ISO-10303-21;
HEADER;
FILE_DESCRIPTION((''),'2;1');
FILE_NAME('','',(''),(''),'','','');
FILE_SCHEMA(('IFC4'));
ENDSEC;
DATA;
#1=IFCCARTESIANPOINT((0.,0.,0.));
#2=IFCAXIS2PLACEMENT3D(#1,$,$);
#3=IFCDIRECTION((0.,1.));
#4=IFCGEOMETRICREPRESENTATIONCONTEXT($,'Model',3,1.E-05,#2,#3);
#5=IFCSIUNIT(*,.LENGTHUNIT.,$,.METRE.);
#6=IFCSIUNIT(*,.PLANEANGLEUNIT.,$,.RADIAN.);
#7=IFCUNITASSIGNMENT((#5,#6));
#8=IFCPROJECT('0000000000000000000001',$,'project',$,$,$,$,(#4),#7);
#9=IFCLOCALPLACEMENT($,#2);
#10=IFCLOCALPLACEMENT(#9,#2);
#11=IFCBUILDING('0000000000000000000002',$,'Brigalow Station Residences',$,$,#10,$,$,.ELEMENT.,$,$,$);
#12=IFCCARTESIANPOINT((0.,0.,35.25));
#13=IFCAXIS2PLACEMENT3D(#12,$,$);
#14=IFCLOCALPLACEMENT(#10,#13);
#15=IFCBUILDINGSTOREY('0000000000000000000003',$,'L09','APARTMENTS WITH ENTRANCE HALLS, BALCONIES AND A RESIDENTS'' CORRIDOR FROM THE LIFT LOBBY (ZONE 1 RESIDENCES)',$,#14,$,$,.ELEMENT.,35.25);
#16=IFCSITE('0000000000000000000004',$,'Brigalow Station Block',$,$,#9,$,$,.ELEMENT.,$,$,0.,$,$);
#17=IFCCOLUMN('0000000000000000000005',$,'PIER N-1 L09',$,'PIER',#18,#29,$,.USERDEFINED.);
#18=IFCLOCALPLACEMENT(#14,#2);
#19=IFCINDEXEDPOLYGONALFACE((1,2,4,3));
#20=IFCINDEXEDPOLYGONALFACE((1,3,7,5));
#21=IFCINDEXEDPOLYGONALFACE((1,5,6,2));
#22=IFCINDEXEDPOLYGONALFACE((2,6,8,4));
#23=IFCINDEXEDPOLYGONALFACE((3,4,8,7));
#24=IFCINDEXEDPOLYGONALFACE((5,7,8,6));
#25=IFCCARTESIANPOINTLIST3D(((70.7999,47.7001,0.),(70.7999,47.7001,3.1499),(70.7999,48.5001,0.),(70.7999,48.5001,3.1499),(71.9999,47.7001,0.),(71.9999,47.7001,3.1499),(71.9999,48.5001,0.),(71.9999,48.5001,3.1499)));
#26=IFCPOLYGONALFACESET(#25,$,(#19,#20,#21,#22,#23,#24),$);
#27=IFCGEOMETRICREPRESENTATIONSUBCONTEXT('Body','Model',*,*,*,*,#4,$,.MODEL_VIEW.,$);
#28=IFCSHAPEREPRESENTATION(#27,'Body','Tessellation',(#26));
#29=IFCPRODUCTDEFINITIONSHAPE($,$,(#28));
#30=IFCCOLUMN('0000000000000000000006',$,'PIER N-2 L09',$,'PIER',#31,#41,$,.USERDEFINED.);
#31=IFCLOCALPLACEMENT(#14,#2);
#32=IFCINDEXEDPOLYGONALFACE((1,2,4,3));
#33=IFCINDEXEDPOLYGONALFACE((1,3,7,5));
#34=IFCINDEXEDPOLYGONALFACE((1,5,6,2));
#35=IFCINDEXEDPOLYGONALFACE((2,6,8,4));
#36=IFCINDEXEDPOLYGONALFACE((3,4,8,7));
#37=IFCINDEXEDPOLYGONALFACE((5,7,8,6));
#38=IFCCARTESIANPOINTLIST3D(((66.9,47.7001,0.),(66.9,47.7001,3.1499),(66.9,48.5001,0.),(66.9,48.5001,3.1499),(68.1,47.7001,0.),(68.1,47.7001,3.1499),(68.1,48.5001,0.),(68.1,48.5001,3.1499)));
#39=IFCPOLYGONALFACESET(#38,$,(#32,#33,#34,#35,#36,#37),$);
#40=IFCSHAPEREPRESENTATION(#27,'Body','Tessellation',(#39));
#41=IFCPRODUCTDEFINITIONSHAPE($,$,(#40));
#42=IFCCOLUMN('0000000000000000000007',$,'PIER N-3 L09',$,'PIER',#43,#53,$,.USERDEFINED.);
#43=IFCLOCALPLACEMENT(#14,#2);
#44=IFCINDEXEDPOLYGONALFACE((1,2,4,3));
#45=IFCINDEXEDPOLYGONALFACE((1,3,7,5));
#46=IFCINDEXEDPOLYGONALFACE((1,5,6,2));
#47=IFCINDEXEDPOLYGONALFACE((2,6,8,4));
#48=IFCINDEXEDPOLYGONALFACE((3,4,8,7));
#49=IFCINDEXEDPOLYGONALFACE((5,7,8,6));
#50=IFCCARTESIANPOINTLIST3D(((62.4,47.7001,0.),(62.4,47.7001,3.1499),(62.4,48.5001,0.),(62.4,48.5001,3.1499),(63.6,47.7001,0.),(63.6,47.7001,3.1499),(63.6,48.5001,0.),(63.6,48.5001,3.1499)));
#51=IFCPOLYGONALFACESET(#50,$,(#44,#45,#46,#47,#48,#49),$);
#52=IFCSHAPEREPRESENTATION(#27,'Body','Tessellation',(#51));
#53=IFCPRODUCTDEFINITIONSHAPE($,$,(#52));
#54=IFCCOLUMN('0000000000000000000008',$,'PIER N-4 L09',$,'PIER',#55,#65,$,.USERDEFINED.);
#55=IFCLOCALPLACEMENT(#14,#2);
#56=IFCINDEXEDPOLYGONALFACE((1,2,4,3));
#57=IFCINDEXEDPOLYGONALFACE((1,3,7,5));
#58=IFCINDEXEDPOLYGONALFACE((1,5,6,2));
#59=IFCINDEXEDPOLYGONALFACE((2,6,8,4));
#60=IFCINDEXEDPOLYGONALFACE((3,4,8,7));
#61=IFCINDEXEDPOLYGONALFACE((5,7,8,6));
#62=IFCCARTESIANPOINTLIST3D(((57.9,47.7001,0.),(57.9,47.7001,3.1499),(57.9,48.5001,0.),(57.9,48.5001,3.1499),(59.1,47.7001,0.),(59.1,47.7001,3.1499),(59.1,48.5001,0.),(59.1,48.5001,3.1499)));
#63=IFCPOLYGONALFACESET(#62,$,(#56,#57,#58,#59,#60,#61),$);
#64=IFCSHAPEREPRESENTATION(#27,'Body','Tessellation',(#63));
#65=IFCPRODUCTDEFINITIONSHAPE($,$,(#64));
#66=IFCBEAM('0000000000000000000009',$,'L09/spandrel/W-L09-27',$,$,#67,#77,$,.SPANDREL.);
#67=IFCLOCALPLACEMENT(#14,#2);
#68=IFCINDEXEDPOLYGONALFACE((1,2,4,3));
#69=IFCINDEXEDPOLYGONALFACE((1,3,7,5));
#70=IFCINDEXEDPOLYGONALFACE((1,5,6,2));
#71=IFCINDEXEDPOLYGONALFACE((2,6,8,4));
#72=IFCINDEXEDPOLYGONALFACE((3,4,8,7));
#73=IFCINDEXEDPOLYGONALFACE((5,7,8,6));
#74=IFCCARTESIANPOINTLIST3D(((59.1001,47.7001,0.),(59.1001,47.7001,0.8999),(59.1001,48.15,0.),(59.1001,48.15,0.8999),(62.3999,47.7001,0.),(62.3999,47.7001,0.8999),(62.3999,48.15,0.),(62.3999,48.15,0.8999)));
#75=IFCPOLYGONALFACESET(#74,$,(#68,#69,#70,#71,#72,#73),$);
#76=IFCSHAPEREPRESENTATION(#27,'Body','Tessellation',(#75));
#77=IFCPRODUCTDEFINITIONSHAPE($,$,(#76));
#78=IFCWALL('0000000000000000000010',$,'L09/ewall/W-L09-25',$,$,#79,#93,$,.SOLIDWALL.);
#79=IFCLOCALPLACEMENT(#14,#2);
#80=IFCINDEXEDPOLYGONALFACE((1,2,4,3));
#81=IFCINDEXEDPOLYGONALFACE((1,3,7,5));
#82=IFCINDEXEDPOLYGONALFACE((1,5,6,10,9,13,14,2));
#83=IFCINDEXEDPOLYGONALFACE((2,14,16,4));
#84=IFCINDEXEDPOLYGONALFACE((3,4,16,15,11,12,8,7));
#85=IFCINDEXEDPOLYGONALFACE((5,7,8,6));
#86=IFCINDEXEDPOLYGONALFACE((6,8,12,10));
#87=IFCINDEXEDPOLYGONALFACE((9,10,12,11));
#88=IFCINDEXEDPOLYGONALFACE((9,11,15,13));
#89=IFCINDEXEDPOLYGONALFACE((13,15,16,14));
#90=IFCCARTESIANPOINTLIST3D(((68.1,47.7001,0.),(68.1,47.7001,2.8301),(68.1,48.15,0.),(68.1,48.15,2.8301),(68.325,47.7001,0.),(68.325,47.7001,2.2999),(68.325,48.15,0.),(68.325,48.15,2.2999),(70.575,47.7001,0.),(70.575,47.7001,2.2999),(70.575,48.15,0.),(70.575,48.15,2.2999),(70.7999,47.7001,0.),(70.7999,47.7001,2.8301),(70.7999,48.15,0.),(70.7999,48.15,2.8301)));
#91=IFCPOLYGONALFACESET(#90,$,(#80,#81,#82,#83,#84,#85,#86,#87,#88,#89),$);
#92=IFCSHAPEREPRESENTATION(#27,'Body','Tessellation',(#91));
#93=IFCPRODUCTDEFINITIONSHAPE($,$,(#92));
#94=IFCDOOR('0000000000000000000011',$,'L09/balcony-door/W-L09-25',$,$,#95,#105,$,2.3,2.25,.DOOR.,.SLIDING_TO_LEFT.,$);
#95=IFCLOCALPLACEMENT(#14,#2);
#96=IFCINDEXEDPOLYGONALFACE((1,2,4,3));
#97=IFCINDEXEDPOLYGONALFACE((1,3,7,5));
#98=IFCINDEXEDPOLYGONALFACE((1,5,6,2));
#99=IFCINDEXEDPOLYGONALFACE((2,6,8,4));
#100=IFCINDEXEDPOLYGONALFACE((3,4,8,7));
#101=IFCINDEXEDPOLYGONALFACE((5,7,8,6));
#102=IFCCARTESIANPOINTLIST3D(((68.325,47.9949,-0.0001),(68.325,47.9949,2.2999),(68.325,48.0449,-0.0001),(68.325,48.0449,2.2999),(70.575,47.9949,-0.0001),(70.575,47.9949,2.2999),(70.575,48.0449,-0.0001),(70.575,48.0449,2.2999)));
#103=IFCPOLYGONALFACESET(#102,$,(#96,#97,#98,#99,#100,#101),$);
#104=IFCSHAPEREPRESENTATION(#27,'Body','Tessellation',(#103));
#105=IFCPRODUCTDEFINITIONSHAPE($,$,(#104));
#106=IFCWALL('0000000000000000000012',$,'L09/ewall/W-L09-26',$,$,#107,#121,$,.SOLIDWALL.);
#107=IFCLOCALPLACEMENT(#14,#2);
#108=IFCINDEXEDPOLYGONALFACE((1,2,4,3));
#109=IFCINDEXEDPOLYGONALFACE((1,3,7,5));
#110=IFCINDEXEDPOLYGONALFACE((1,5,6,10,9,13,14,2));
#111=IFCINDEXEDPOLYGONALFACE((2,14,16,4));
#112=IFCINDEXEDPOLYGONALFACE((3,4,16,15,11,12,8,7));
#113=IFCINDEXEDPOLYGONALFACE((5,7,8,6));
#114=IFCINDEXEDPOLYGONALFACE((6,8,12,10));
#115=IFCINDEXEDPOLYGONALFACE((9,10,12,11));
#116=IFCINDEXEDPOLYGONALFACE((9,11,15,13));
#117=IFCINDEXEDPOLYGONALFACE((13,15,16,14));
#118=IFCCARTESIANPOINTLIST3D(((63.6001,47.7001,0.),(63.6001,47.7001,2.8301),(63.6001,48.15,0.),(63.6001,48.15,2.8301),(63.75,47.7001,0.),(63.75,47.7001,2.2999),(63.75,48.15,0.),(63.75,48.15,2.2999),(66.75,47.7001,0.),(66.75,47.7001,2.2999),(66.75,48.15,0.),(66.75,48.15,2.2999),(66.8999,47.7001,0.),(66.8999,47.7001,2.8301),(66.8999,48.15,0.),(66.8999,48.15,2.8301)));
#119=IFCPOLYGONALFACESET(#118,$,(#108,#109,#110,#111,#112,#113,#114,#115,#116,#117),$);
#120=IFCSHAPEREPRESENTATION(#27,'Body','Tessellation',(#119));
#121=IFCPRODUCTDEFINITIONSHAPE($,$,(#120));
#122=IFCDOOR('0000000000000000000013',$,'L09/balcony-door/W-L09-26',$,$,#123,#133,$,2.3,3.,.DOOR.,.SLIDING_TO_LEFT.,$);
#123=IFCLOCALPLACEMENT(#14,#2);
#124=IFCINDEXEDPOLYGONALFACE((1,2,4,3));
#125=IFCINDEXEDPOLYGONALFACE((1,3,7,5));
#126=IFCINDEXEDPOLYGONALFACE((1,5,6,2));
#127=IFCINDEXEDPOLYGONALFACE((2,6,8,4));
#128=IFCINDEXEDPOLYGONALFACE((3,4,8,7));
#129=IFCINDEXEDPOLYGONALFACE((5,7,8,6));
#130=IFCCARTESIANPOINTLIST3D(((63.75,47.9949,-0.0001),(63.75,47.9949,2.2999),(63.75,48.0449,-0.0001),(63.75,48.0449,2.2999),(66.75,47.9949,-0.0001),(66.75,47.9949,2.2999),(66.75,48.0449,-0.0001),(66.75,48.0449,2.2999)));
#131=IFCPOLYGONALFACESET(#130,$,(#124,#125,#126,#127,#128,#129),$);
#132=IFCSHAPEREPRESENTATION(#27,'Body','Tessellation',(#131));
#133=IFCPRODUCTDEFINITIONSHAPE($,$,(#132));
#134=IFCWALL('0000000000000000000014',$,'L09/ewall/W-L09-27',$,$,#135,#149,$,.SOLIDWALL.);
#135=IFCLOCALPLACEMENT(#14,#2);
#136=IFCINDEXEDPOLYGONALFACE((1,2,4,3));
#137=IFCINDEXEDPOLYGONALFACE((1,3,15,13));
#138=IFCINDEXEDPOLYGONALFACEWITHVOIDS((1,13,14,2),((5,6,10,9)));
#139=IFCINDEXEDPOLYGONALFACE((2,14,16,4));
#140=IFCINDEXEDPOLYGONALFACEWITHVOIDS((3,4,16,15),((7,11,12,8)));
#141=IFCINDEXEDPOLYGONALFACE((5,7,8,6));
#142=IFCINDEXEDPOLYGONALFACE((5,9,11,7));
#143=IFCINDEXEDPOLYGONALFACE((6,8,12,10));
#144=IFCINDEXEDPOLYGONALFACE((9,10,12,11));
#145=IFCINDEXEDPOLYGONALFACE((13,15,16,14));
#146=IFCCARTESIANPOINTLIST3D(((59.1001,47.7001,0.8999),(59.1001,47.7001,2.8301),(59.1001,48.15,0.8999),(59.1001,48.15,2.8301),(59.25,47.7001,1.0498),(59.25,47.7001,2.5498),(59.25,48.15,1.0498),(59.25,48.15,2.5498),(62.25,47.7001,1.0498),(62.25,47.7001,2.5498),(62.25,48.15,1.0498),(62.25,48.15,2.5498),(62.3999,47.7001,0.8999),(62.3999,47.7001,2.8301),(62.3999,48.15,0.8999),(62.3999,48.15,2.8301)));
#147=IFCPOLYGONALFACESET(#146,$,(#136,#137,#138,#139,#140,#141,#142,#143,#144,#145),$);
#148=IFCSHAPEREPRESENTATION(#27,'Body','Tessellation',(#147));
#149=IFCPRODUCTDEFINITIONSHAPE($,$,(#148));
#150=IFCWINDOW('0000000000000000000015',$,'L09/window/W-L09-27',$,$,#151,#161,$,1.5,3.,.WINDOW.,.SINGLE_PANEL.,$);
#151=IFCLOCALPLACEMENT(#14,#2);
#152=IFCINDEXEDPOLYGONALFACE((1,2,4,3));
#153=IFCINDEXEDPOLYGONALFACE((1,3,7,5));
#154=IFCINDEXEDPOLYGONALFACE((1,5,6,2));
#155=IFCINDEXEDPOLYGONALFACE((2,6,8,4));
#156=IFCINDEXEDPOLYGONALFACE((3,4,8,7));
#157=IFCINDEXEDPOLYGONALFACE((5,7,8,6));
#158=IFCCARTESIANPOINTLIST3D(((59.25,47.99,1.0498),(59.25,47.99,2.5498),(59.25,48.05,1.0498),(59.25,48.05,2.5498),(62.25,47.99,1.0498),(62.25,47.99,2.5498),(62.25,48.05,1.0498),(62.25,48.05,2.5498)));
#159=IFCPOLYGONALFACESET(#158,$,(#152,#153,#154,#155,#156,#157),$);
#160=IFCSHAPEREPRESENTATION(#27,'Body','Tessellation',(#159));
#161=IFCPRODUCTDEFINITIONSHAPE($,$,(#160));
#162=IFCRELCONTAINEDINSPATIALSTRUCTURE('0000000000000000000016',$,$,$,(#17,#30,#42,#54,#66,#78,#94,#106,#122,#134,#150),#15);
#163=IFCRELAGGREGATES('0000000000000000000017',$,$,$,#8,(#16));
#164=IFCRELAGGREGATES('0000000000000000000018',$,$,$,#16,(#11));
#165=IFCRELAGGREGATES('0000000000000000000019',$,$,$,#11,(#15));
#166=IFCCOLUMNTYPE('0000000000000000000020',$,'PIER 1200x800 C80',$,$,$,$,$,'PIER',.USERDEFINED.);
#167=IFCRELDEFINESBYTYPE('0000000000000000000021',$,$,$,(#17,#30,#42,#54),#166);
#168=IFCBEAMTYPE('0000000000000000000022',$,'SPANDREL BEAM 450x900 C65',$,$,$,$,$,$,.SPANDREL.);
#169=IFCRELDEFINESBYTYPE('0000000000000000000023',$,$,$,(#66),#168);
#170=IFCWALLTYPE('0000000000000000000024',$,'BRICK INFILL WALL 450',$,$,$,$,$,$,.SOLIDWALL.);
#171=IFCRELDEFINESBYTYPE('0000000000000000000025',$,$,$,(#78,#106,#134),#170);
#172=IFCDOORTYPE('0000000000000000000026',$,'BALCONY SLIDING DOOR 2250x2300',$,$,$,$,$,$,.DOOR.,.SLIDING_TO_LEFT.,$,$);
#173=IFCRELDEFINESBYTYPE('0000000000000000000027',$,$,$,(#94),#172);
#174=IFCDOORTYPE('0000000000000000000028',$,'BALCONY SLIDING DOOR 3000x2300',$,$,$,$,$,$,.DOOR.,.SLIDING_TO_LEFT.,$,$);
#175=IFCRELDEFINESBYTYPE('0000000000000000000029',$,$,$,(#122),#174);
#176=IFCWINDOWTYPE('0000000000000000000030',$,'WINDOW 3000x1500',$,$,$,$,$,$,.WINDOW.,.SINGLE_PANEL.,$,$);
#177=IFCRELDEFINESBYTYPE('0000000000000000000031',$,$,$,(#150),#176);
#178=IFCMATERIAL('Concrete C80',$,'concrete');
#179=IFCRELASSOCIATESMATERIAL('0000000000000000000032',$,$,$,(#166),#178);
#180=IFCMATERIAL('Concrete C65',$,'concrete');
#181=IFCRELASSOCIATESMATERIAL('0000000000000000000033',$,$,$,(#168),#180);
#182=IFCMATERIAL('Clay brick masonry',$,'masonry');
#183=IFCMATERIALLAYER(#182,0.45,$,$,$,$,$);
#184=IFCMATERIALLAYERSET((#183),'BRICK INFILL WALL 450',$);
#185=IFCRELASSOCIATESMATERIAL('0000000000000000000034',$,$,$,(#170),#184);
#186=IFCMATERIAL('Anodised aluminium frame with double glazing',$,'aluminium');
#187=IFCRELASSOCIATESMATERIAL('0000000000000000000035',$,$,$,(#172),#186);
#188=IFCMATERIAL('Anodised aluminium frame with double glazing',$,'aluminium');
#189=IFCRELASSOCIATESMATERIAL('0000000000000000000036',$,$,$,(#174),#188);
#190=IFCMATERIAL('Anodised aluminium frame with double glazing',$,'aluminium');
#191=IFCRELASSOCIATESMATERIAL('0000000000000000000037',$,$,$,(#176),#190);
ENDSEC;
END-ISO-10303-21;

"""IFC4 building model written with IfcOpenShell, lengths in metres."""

from ifc_helpers import new_model, si_unit, direction, frame, frame_2d, origin, origin_2d, place, context, subcontext, project, spatial, rectangle, extrude, material, layer, layer_set, material_profile, profile_set, type_object, element, fill, save


model = new_model("IFC4")

# Units and contexts
model_context = context("Model", 3, precision=1e-05, world=origin(), true_north=direction((0.0, 1.0)))
body_context = subcontext(model_context, "Body", "Model", "MODEL_VIEW")
ifc_project = project(units=[si_unit("LENGTHUNIT", "METRE"), si_unit("PLANEANGLEUNIT", "RADIAN")], contexts=[model_context])

# Site, building, storey
site_placement = place(None, origin())
site = spatial("IfcSite", under=ifc_project, at=site_placement, Name="Brigalow Station Block", CompositionType="ELEMENT", RefElevation=0.0)
building_placement = place(site_placement, origin())
building = spatial("IfcBuilding", under=site, at=building_placement, Name="Brigalow Station Residences", CompositionType="ELEMENT")
storey_placement = place(building_placement, frame((0.0, 0.0, 35.25)))
storey = spatial("IfcBuildingStorey", under=building, at=storey_placement, Name="L09", Description="APARTMENTS WITH ENTRANCE HALLS, BALCONIES AND A RESIDENTS' CORRIDOR FROM THE LIFT LOBBY (ZONE 1 RESIDENCES)", CompositionType="ELEMENT", Elevation=35.25)

# Columns
ifc_material_1 = material(Name="Concrete C80", Category="concrete")
ifc_material_profile_1 = material_profile(ifc_material_1, rectangle(XDim=1.2, YDim=0.8, at=origin_2d()), Name="RC1200x800")
ifc_profile_set_1 = profile_set([ifc_material_profile_1], Name="Concrete C80")
column_type = type_object("IfcColumnType", Name="PIER 1200x800 C80", ElementType="PIER", PredefinedType="USERDEFINED", material=ifc_profile_set_1)
for number, where, z_axis, x_axis, name in (
    (1, (71.3999, 48.1001, 0.0), (0.0, 0.0, 1.0), (-1.0, 0.0, 0.0), "PIER N-1 L09"),
    (2, (67.5, 48.1001, 0.0), (0.0, 0.0, 1.0), (-1.0, 0.0, 0.0), "PIER N-2 L09"),
    (3, (63.0, 48.1001, 0.0), (0.0, 0.0, 1.0), (-1.0, 0.0, 0.0), "PIER N-3 L09"),
    (4, (58.5, 48.1001, 0.0), (0.0, 0.0, 1.0), (-1.0, 0.0, 0.0), "PIER N-4 L09"),
):
    element("IfcColumn", number, at=place(storey_placement, frame(where, z_axis=z_axis, x_axis=x_axis)), inside=storey, type_object=column_type, Name=name, ObjectType="PIER", PredefinedType="USERDEFINED", context=body_context, shape_type="SweptSolid", body=[
        extrude(rectangle(XDim=1.2, YDim=0.8, at=origin_2d()), origin(), (0.0, 0.0, 1.0), 3.1499),
    ])

# Beam
ifc_material_2 = material(Name="Concrete C65", Category="concrete")
ifc_material_profile_2 = material_profile(ifc_material_2, rectangle(XDim=0.45, YDim=0.8999, at=origin_2d()), Name="RC450x900")
ifc_profile_set_2 = profile_set([ifc_material_profile_2], Name="Concrete C65")
beam_type = type_object("IfcBeamType", Name="SPANDREL BEAM 450x900 C65", PredefinedType="SPANDREL", material=ifc_profile_set_2)
beam_placement = place(storey_placement, frame((62.3999, 47.925, 0.45), z_axis=(-1.0, 0.0, 0.0), x_axis=(0.0, -1.0, 0.0)))
element("IfcBeam", 5, at=beam_placement, inside=storey, type_object=beam_type, Name="L09/spandrel/W-L09-27", PredefinedType="SPANDREL", context=body_context, shape_type="SweptSolid", body=[
    extrude(rectangle(XDim=0.45, YDim=0.8999, at=origin_2d()), origin(), (0.0, 0.0, 1.0), 3.2998),
])

# Walls, openings, doors
ifc_material_3 = material(Name="Clay brick masonry", Category="masonry")
ifc_layer_1 = layer(ifc_material_3, 0.45)
ifc_layer_set_1 = layer_set([ifc_layer_1], Name="BRICK INFILL WALL 450")
wall_type_1 = type_object("IfcWallType", Name="BRICK INFILL WALL 450", PredefinedType="SOLIDWALL", material=ifc_layer_set_1)
wall_1_placement = place(storey_placement, frame((70.8, 47.925, 0.0), z_axis=(0.0, 0.0, 1.0), x_axis=(-1.0, 0.0, 0.0)))
wall_1 = element("IfcWall", 6, at=wall_1_placement, inside=storey, type_object=wall_type_1, Name="L09/ewall/W-L09-25", PredefinedType="SOLIDWALL", context=body_context, shape_type="SweptSolid", body=[
    extrude(rectangle(XDim=2.7, YDim=0.45, at=frame_2d((1.3501, 0.0))), origin(), (0.0, 0.0, 1.0), 2.8301),
])
opening_1_placement = place(wall_1_placement, frame((0.2251, 0.0, 0.0)))
opening_1 = element("IfcOpeningElement", 7, at=opening_1_placement, cuts=wall_1, PredefinedType="OPENING", context=body_context, shape_type="SweptSolid", body=[
    extrude(rectangle(XDim=2.25, YDim=2.3, at=frame_2d((1.125, 1.1499))), frame((0.0, 0.2349, 0.0), z_axis=(0.0, -1.0, 0.0), x_axis=(1.0, 0.0, 0.0)), (0.0, 0.0, 1.0), 0.47),
])
ifc_material_4 = material(Name="Anodised aluminium frame with double glazing", Category="aluminium")
door_type_1 = type_object("IfcDoorType", Name="BALCONY SLIDING DOOR 2250x2300", OperationType="SLIDING_TO_LEFT", PredefinedType="DOOR", material=ifc_material_4)
door_1_placement = place(opening_1_placement, origin())
door_1 = element("IfcDoor", 8, at=door_1_placement, inside=storey, type_object=door_type_1, Name="L09/balcony-door/W-L09-25", OperationType="SLIDING_TO_LEFT", OverallHeight=2.3, OverallWidth=2.25, PredefinedType="DOOR", context=body_context, shape_type="SweptSolid", body=[
    extrude(rectangle(XDim=2.25, YDim=2.3, at=frame_2d((1.125, 1.1499))), frame((0.0, -0.0698, 0.0), z_axis=(0.0, -1.0, 0.0), x_axis=(1.0, 0.0, 0.0)), (0.0, 0.0, 1.0), 0.05),
])
fill(opening_1, door_1)
wall_2_placement = place(storey_placement, frame((66.8999, 47.925, 0.0), z_axis=(0.0, 0.0, 1.0), x_axis=(-1.0, 0.0, 0.0)))
wall_2 = element("IfcWall", 9, at=wall_2_placement, inside=storey, type_object=wall_type_1, Name="L09/ewall/W-L09-26", PredefinedType="SOLIDWALL", context=body_context, shape_type="SweptSolid", body=[
    extrude(rectangle(XDim=3.2998, YDim=0.45, at=frame_2d((1.6499, 0.0))), origin(), (0.0, 0.0, 1.0), 2.8301),
])
opening_2_placement = place(wall_2_placement, frame((0.1499, 0.0, 0.0)))
opening_2 = element("IfcOpeningElement", 10, at=opening_2_placement, cuts=wall_2, PredefinedType="OPENING", context=body_context, shape_type="SweptSolid", body=[
    extrude(rectangle(XDim=3.0, YDim=2.3, at=frame_2d((1.5, 1.1499))), frame((0.0, 0.2349, 0.0), z_axis=(0.0, -1.0, 0.0), x_axis=(1.0, 0.0, 0.0)), (0.0, 0.0, 1.0), 0.47),
])
ifc_material_5 = material(Name="Anodised aluminium frame with double glazing", Category="aluminium")
door_type_2 = type_object("IfcDoorType", Name="BALCONY SLIDING DOOR 3000x2300", OperationType="SLIDING_TO_LEFT", PredefinedType="DOOR", material=ifc_material_5)
door_2_placement = place(opening_2_placement, origin())
door_2 = element("IfcDoor", 11, at=door_2_placement, inside=storey, type_object=door_type_2, Name="L09/balcony-door/W-L09-26", OperationType="SLIDING_TO_LEFT", OverallHeight=2.3, OverallWidth=3.0, PredefinedType="DOOR", context=body_context, shape_type="SweptSolid", body=[
    extrude(rectangle(XDim=3.0, YDim=2.3, at=frame_2d((1.5, 1.1499))), frame((0.0, -0.0698, 0.0), z_axis=(0.0, -1.0, 0.0), x_axis=(1.0, 0.0, 0.0)), (0.0, 0.0, 1.0), 0.05),
])
fill(opening_2, door_2)

# Wall, opening, window
wall_3_placement = place(storey_placement, frame((62.3999, 47.925, 0.8999), z_axis=(0.0, 0.0, 1.0), x_axis=(-1.0, 0.0, 0.0)))
wall_3 = element("IfcWall", 12, at=wall_3_placement, inside=storey, type_object=wall_type_1, Name="L09/ewall/W-L09-27", PredefinedType="SOLIDWALL", context=body_context, shape_type="SweptSolid", body=[
    extrude(rectangle(XDim=3.2998, YDim=0.45, at=frame_2d((1.6499, 0.0))), origin(), (0.0, 0.0, 1.0), 1.9302),
])
opening_3_placement = place(wall_3_placement, frame((0.1499, 0.0, 0.1499)))
opening_3 = element("IfcOpeningElement", 13, at=opening_3_placement, cuts=wall_3, PredefinedType="OPENING", context=body_context, shape_type="SweptSolid", body=[
    extrude(rectangle(XDim=3.0, YDim=1.5, at=frame_2d((1.5, 0.75))), frame((0.0, 0.2349, 0.0), z_axis=(0.0, -1.0, 0.0), x_axis=(1.0, 0.0, 0.0)), (0.0, 0.0, 1.0), 0.47),
])
ifc_material_6 = material(Name="Anodised aluminium frame with double glazing", Category="aluminium")
window_type = type_object("IfcWindowType", Name="WINDOW 3000x1500", PartitioningType="SINGLE_PANEL", PredefinedType="WINDOW", material=ifc_material_6)
window_1_placement = place(opening_3_placement, origin())
window_1 = element("IfcWindow", 14, at=window_1_placement, inside=storey, type_object=window_type, Name="L09/window/W-L09-27", OverallHeight=1.5, OverallWidth=3.0, PartitioningType="SINGLE_PANEL", PredefinedType="WINDOW", context=body_context, shape_type="SweptSolid", body=[
    extrude(rectangle(XDim=3.0, YDim=1.5, at=frame_2d((1.5, 0.75))), frame((0.0, -0.0649, 0.0), z_axis=(0.0, -1.0, 0.0), x_axis=(1.0, 0.0, 0.0)), (0.0, 0.0, 1.0), 0.0601),
])
fill(opening_3, window_1)

save(model, "model.ifc")
